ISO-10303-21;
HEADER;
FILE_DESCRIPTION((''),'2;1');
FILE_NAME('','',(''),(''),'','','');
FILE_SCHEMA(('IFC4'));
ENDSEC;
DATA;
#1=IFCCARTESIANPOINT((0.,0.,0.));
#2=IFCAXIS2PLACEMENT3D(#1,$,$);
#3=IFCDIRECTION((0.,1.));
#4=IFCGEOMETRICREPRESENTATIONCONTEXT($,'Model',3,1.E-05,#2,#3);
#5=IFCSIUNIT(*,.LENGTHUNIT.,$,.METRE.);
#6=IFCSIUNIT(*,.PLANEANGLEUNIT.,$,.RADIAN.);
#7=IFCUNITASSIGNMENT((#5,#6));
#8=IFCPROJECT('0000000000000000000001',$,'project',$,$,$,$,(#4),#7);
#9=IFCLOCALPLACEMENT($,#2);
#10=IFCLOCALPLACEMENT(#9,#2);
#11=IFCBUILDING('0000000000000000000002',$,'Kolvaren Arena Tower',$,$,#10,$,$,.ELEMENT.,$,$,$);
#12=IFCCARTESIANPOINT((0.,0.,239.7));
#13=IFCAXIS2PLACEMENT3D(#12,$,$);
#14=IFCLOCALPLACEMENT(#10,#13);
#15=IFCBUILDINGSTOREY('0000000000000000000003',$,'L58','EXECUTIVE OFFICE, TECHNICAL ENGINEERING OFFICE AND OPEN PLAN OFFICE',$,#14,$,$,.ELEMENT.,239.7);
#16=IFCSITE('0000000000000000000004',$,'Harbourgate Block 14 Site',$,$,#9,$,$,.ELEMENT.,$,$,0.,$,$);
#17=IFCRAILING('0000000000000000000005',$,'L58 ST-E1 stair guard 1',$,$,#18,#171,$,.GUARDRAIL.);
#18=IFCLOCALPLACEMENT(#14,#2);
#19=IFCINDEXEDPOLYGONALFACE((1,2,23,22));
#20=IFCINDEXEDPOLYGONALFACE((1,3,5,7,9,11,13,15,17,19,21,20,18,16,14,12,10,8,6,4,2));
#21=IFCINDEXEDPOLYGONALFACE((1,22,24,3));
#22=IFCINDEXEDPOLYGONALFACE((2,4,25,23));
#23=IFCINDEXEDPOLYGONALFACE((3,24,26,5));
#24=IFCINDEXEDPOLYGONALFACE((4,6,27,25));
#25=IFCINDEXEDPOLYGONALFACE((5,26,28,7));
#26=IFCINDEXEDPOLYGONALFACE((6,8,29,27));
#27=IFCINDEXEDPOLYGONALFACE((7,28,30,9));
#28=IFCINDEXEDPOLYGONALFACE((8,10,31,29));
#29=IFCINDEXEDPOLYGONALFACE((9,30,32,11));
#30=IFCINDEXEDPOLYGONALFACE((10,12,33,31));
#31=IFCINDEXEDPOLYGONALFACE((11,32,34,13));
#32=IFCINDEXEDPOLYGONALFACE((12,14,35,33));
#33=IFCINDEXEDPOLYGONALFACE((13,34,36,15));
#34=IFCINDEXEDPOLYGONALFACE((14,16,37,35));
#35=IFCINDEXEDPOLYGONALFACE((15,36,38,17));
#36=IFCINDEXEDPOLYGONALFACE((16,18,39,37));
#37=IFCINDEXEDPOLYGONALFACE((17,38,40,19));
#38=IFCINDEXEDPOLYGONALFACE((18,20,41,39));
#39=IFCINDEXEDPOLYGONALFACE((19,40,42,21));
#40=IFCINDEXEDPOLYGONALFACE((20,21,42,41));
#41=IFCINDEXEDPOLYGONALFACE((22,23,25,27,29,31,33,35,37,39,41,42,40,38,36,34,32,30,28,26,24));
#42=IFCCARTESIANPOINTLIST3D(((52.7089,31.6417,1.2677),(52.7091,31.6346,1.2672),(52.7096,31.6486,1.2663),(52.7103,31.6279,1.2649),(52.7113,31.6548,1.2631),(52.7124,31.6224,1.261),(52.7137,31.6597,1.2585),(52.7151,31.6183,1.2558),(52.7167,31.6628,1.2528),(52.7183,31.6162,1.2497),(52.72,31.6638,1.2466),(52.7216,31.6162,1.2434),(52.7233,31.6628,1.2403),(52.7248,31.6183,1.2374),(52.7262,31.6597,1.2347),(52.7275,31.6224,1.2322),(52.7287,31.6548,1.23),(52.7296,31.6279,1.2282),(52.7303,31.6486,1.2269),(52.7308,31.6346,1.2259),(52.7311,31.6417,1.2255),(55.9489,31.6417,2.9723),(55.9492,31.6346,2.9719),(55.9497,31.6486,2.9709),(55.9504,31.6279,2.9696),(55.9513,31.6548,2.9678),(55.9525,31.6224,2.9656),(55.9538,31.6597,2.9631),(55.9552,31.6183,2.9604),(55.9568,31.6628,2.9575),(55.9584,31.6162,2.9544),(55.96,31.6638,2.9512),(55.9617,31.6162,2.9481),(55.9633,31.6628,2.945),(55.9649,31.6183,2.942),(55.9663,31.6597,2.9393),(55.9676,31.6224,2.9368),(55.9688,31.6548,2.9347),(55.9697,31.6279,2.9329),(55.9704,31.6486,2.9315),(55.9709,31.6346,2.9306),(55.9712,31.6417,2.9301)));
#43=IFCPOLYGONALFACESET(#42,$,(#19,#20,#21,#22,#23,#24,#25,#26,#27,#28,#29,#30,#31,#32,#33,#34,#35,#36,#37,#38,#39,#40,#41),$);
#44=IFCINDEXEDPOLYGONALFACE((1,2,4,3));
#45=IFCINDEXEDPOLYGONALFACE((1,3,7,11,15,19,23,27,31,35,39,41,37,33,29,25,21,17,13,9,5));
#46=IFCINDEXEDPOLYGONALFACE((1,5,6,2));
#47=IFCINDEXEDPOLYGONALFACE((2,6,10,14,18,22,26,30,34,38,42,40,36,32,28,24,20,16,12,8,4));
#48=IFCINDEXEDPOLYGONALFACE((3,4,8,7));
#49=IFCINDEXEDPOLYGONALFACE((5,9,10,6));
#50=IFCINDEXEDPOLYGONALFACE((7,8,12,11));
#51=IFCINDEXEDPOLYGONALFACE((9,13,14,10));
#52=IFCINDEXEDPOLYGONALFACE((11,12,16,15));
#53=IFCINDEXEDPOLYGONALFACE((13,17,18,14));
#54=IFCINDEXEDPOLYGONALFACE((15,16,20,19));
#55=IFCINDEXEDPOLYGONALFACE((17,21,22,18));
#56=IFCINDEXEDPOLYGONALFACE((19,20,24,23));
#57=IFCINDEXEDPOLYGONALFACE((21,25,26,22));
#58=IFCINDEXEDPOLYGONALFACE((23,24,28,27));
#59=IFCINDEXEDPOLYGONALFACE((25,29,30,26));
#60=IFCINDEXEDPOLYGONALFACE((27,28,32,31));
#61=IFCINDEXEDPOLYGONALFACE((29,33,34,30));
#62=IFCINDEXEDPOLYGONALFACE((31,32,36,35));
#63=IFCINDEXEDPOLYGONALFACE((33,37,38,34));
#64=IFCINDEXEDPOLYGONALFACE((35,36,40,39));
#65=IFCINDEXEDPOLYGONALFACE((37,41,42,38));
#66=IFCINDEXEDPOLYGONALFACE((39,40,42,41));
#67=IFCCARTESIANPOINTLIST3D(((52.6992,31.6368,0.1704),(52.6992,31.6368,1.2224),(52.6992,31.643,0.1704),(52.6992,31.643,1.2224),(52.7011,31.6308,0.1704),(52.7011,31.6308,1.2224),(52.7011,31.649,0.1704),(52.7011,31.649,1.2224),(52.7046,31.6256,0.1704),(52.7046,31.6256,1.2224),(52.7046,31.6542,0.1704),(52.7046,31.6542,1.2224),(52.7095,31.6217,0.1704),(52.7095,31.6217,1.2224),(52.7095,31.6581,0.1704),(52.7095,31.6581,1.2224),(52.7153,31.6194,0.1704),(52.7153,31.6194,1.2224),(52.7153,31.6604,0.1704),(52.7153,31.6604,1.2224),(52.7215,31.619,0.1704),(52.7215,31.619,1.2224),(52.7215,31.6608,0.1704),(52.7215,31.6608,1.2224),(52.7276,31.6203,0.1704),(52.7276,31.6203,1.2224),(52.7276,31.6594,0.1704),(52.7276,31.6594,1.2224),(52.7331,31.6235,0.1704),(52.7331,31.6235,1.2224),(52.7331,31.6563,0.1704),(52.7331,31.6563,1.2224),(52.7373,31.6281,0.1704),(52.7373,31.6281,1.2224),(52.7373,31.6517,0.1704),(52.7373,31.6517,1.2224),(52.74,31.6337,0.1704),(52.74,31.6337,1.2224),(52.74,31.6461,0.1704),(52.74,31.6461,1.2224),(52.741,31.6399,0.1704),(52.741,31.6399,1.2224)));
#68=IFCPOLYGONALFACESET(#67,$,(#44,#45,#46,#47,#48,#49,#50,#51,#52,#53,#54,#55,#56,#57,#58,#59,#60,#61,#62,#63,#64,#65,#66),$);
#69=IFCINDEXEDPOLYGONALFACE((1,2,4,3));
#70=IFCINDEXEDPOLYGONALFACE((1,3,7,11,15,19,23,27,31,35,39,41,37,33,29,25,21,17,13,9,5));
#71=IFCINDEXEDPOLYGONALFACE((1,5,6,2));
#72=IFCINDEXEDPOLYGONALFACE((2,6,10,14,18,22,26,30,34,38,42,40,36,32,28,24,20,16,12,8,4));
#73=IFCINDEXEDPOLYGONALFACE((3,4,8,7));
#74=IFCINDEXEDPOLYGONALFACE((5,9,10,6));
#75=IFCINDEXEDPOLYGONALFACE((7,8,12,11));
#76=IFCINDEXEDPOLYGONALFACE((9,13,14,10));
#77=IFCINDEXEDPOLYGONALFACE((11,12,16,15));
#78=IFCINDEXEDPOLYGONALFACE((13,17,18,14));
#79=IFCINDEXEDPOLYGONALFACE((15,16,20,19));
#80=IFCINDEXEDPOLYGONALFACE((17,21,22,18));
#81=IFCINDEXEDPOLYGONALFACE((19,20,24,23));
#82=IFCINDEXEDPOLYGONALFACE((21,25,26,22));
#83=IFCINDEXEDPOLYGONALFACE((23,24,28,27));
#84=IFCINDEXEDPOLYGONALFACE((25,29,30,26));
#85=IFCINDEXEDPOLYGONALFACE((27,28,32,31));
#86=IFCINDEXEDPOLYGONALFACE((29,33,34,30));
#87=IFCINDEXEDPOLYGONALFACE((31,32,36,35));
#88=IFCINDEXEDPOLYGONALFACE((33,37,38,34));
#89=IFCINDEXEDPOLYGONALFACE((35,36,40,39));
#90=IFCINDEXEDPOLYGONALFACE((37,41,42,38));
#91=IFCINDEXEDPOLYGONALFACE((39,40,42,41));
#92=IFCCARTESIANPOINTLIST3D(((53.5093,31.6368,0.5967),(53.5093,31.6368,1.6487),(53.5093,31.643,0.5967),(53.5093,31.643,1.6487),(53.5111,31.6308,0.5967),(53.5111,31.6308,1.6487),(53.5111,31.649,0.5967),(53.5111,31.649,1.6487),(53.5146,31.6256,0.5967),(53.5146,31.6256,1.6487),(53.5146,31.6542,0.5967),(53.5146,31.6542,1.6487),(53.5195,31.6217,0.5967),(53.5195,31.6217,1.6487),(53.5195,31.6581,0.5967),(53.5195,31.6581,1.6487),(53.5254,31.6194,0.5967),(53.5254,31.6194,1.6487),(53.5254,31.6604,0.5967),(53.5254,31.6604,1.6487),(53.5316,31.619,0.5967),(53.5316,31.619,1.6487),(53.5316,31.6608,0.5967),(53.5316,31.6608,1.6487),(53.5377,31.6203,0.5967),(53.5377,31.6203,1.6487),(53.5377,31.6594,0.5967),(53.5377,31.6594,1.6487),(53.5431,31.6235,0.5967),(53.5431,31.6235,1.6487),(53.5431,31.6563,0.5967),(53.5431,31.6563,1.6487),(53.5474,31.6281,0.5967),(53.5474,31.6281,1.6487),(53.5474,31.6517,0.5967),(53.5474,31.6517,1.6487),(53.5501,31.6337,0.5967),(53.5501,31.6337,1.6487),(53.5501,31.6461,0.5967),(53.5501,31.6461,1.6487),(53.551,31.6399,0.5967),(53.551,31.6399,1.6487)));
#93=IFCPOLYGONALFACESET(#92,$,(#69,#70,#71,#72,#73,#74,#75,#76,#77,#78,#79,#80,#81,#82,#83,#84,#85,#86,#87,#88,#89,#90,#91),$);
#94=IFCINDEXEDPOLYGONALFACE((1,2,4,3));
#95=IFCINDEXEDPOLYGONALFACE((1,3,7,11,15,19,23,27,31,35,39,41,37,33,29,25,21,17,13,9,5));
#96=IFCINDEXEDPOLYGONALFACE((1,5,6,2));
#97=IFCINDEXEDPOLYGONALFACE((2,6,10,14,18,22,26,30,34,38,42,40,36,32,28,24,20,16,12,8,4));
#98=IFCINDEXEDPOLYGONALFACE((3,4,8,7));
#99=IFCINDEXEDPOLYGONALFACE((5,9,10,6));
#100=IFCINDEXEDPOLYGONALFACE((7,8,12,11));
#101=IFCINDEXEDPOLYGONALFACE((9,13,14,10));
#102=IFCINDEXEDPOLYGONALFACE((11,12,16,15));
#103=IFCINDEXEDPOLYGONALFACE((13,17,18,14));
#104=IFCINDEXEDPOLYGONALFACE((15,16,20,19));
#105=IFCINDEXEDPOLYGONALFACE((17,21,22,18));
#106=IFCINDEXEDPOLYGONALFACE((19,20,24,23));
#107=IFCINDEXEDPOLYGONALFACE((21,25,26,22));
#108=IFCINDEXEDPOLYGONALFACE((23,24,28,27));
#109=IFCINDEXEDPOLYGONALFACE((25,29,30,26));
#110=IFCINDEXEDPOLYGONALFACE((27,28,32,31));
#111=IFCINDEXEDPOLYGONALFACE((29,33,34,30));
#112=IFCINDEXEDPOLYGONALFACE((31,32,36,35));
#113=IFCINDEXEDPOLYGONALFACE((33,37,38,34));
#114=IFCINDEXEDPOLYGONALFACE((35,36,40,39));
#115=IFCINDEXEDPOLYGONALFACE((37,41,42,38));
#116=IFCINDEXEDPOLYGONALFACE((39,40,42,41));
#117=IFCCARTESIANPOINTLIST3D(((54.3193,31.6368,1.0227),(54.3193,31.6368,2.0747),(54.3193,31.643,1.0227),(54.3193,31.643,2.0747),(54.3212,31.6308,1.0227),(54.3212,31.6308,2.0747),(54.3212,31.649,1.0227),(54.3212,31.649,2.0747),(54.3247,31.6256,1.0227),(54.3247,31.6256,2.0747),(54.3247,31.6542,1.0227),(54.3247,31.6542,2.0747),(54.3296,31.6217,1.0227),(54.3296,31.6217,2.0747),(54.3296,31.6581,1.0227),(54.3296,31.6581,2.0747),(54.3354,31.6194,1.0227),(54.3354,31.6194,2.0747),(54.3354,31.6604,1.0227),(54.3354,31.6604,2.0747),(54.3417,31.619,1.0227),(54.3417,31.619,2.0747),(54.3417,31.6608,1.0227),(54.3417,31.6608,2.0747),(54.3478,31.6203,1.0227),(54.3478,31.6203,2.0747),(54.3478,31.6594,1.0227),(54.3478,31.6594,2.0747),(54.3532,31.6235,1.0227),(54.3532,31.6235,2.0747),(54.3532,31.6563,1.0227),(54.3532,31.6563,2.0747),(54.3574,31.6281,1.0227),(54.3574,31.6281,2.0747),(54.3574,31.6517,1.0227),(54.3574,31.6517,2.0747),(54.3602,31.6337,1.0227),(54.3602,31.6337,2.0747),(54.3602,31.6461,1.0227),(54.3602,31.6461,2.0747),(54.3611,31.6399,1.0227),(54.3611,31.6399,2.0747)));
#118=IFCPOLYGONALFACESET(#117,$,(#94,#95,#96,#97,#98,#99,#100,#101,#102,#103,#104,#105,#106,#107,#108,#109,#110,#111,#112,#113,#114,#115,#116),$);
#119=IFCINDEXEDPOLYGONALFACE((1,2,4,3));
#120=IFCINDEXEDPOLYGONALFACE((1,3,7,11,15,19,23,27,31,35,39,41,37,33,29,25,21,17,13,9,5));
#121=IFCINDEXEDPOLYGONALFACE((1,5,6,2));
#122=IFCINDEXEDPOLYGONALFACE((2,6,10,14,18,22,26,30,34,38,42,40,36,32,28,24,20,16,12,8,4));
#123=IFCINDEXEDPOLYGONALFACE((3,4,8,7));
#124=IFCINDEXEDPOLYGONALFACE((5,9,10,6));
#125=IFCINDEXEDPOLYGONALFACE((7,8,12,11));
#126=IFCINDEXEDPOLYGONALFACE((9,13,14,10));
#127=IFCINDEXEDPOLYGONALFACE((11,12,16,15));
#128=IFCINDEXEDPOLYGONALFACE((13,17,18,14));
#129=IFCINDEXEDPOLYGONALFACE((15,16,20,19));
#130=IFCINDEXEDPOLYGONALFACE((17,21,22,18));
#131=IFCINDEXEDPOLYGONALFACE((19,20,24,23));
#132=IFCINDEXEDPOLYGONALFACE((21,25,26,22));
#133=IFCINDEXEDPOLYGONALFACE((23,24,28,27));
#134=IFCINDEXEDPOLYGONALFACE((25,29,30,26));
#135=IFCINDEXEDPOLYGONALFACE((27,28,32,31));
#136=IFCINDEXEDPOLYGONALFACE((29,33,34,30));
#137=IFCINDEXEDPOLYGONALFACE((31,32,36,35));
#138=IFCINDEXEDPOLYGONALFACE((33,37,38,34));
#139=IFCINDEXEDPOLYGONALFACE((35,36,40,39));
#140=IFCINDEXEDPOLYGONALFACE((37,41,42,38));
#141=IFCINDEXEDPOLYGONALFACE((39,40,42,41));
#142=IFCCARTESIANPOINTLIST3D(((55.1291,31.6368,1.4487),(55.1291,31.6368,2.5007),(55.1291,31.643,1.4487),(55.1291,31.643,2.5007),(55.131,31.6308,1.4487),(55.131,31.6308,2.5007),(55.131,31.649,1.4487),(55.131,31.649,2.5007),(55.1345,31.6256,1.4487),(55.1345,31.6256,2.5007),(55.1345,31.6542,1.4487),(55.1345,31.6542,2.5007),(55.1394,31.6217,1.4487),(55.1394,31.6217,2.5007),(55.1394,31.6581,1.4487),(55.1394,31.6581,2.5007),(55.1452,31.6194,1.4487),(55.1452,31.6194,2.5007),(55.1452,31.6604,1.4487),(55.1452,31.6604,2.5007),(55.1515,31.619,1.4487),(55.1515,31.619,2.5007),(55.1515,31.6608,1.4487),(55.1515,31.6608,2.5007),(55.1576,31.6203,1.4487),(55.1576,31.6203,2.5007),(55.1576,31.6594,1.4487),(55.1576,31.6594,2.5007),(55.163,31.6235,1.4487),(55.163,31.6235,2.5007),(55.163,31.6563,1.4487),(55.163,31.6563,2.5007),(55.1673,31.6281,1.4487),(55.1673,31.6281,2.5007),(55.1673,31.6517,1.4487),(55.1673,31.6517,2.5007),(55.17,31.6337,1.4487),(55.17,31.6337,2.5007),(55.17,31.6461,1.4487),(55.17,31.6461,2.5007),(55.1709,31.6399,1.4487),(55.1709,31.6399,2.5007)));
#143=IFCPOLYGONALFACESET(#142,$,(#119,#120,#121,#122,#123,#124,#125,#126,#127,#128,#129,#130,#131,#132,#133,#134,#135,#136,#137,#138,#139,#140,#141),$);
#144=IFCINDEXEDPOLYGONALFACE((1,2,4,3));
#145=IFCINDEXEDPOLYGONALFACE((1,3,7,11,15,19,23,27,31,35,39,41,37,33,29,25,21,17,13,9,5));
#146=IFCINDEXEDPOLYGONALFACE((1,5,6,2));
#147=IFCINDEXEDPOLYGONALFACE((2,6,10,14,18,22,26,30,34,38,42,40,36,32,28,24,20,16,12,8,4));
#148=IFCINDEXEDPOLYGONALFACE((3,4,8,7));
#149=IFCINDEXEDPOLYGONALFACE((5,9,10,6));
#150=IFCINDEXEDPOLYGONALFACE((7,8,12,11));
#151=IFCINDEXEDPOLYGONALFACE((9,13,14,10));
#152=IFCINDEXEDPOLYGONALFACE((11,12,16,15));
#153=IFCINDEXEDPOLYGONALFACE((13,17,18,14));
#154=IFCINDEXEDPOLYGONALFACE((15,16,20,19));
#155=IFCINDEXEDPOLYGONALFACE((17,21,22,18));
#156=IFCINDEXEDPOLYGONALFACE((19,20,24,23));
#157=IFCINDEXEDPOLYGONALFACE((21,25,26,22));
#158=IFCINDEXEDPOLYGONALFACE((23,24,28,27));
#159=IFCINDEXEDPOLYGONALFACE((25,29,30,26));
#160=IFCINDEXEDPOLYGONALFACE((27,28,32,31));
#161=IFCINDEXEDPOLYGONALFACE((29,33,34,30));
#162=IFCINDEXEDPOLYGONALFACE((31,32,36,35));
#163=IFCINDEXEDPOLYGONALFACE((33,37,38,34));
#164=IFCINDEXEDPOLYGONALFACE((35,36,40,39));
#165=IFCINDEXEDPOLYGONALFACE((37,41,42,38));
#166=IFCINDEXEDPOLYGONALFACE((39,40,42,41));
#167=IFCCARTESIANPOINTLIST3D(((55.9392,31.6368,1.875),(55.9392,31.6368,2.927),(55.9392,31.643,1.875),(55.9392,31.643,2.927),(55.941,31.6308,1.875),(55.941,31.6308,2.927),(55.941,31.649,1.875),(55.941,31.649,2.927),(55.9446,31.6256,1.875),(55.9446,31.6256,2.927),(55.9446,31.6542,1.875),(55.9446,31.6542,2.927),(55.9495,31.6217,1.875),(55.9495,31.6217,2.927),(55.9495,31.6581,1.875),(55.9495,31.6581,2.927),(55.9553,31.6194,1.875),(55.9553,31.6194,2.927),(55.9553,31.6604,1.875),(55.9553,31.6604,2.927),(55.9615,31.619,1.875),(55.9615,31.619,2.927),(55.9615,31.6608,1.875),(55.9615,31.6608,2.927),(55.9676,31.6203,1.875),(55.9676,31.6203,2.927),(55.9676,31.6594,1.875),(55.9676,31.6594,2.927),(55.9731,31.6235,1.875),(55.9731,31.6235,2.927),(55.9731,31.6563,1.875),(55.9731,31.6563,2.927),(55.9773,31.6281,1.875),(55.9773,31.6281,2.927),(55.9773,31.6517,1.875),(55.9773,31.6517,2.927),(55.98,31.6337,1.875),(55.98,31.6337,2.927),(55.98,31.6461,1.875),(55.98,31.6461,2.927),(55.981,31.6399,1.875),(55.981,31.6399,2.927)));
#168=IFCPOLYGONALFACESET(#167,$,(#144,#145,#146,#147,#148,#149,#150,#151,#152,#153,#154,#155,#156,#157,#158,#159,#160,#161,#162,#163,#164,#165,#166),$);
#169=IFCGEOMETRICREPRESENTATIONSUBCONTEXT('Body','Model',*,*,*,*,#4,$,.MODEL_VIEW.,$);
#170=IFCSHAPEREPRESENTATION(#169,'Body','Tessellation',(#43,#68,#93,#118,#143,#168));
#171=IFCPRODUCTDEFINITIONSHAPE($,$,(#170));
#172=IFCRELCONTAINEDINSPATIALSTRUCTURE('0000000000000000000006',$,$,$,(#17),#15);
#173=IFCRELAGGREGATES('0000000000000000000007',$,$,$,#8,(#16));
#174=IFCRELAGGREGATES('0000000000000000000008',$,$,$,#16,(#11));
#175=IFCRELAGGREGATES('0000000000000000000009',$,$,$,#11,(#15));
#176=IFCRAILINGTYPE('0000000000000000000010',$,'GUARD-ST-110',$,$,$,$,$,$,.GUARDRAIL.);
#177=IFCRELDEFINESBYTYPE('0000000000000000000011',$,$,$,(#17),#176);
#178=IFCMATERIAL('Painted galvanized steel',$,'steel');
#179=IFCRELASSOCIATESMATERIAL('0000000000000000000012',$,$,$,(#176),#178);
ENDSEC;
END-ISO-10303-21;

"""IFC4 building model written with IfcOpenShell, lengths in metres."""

from ifc_helpers import new_model, si_unit, direction, frame, origin, origin_2d, place, context, subcontext, project, spatial, circle, extrude, material, type_object, element, save


model = new_model("IFC4")

# Units and contexts
model_context = context("Model", 3, precision=1e-05, world=origin(), true_north=direction((0.0, 1.0)))
body_context = subcontext(model_context, "Body", "Model", "MODEL_VIEW")
ifc_project = project(units=[si_unit("LENGTHUNIT", "METRE"), si_unit("PLANEANGLEUNIT", "RADIAN")], contexts=[model_context])

# Site, building, storey
site_placement = place(None, origin())
site = spatial("IfcSite", under=ifc_project, at=site_placement, Name="Harbourgate Block 14 Site", CompositionType="ELEMENT", RefElevation=0.0)
building_placement = place(site_placement, origin())
building = spatial("IfcBuilding", under=site, at=building_placement, Name="Kolvaren Arena Tower", CompositionType="ELEMENT")
storey_placement = place(building_placement, frame((0.0, 0.0, 239.7)))
storey = spatial("IfcBuildingStorey", under=building, at=storey_placement, Name="L58", Description="EXECUTIVE OFFICE, TECHNICAL ENGINEERING OFFICE AND OPEN PLAN OFFICE", CompositionType="ELEMENT", Elevation=239.7)

# Railing
ifc_material_1 = material(Name="Painted galvanized steel", Category="steel")
railing_type_1 = type_object("IfcRailingType", Name="GUARD-ST-110", PredefinedType="GUARDRAIL", material=ifc_material_1)
railing_1_placement = place(storey_placement, frame((52.72, 31.6399, 0.1704)))
element("IfcRailing", 1, at=railing_1_placement, inside=storey, type_object=railing_type_1, Name="L58 ST-E1 stair guard 1", PredefinedType="GUARDRAIL", context=body_context, shape_type="SweptSolid", body=[
    extrude(circle(Radius=0.0239, at=origin_2d()), frame((0.0, 0.0, 1.0762), z_axis=(0.884993, 0.0, 0.465604), x_axis=(0.0, 1.0, 0.0)), (0.0, 0.0, 1.0), 3.6611),
    extrude(circle(Radius=0.021, at=origin_2d()), origin(), (0.0, 0.0, 1.0), 1.052),
    extrude(circle(Radius=0.021, at=origin_2d()), frame((0.8101, 0.0, 0.4263)), (0.0, 0.0, 1.0), 1.052),
    extrude(circle(Radius=0.021, at=origin_2d()), frame((1.6201, 0.0, 0.8523)), (0.0, 0.0, 1.0), 1.052),
    extrude(circle(Radius=0.021, at=origin_2d()), frame((2.4299, 0.0, 1.2783)), (0.0, 0.0, 1.0), 1.052),
    extrude(circle(Radius=0.021, at=origin_2d()), frame((3.24, 0.0, 1.7046)), (0.0, 0.0, 1.0), 1.052),
])

save(model, "model.ifc")
